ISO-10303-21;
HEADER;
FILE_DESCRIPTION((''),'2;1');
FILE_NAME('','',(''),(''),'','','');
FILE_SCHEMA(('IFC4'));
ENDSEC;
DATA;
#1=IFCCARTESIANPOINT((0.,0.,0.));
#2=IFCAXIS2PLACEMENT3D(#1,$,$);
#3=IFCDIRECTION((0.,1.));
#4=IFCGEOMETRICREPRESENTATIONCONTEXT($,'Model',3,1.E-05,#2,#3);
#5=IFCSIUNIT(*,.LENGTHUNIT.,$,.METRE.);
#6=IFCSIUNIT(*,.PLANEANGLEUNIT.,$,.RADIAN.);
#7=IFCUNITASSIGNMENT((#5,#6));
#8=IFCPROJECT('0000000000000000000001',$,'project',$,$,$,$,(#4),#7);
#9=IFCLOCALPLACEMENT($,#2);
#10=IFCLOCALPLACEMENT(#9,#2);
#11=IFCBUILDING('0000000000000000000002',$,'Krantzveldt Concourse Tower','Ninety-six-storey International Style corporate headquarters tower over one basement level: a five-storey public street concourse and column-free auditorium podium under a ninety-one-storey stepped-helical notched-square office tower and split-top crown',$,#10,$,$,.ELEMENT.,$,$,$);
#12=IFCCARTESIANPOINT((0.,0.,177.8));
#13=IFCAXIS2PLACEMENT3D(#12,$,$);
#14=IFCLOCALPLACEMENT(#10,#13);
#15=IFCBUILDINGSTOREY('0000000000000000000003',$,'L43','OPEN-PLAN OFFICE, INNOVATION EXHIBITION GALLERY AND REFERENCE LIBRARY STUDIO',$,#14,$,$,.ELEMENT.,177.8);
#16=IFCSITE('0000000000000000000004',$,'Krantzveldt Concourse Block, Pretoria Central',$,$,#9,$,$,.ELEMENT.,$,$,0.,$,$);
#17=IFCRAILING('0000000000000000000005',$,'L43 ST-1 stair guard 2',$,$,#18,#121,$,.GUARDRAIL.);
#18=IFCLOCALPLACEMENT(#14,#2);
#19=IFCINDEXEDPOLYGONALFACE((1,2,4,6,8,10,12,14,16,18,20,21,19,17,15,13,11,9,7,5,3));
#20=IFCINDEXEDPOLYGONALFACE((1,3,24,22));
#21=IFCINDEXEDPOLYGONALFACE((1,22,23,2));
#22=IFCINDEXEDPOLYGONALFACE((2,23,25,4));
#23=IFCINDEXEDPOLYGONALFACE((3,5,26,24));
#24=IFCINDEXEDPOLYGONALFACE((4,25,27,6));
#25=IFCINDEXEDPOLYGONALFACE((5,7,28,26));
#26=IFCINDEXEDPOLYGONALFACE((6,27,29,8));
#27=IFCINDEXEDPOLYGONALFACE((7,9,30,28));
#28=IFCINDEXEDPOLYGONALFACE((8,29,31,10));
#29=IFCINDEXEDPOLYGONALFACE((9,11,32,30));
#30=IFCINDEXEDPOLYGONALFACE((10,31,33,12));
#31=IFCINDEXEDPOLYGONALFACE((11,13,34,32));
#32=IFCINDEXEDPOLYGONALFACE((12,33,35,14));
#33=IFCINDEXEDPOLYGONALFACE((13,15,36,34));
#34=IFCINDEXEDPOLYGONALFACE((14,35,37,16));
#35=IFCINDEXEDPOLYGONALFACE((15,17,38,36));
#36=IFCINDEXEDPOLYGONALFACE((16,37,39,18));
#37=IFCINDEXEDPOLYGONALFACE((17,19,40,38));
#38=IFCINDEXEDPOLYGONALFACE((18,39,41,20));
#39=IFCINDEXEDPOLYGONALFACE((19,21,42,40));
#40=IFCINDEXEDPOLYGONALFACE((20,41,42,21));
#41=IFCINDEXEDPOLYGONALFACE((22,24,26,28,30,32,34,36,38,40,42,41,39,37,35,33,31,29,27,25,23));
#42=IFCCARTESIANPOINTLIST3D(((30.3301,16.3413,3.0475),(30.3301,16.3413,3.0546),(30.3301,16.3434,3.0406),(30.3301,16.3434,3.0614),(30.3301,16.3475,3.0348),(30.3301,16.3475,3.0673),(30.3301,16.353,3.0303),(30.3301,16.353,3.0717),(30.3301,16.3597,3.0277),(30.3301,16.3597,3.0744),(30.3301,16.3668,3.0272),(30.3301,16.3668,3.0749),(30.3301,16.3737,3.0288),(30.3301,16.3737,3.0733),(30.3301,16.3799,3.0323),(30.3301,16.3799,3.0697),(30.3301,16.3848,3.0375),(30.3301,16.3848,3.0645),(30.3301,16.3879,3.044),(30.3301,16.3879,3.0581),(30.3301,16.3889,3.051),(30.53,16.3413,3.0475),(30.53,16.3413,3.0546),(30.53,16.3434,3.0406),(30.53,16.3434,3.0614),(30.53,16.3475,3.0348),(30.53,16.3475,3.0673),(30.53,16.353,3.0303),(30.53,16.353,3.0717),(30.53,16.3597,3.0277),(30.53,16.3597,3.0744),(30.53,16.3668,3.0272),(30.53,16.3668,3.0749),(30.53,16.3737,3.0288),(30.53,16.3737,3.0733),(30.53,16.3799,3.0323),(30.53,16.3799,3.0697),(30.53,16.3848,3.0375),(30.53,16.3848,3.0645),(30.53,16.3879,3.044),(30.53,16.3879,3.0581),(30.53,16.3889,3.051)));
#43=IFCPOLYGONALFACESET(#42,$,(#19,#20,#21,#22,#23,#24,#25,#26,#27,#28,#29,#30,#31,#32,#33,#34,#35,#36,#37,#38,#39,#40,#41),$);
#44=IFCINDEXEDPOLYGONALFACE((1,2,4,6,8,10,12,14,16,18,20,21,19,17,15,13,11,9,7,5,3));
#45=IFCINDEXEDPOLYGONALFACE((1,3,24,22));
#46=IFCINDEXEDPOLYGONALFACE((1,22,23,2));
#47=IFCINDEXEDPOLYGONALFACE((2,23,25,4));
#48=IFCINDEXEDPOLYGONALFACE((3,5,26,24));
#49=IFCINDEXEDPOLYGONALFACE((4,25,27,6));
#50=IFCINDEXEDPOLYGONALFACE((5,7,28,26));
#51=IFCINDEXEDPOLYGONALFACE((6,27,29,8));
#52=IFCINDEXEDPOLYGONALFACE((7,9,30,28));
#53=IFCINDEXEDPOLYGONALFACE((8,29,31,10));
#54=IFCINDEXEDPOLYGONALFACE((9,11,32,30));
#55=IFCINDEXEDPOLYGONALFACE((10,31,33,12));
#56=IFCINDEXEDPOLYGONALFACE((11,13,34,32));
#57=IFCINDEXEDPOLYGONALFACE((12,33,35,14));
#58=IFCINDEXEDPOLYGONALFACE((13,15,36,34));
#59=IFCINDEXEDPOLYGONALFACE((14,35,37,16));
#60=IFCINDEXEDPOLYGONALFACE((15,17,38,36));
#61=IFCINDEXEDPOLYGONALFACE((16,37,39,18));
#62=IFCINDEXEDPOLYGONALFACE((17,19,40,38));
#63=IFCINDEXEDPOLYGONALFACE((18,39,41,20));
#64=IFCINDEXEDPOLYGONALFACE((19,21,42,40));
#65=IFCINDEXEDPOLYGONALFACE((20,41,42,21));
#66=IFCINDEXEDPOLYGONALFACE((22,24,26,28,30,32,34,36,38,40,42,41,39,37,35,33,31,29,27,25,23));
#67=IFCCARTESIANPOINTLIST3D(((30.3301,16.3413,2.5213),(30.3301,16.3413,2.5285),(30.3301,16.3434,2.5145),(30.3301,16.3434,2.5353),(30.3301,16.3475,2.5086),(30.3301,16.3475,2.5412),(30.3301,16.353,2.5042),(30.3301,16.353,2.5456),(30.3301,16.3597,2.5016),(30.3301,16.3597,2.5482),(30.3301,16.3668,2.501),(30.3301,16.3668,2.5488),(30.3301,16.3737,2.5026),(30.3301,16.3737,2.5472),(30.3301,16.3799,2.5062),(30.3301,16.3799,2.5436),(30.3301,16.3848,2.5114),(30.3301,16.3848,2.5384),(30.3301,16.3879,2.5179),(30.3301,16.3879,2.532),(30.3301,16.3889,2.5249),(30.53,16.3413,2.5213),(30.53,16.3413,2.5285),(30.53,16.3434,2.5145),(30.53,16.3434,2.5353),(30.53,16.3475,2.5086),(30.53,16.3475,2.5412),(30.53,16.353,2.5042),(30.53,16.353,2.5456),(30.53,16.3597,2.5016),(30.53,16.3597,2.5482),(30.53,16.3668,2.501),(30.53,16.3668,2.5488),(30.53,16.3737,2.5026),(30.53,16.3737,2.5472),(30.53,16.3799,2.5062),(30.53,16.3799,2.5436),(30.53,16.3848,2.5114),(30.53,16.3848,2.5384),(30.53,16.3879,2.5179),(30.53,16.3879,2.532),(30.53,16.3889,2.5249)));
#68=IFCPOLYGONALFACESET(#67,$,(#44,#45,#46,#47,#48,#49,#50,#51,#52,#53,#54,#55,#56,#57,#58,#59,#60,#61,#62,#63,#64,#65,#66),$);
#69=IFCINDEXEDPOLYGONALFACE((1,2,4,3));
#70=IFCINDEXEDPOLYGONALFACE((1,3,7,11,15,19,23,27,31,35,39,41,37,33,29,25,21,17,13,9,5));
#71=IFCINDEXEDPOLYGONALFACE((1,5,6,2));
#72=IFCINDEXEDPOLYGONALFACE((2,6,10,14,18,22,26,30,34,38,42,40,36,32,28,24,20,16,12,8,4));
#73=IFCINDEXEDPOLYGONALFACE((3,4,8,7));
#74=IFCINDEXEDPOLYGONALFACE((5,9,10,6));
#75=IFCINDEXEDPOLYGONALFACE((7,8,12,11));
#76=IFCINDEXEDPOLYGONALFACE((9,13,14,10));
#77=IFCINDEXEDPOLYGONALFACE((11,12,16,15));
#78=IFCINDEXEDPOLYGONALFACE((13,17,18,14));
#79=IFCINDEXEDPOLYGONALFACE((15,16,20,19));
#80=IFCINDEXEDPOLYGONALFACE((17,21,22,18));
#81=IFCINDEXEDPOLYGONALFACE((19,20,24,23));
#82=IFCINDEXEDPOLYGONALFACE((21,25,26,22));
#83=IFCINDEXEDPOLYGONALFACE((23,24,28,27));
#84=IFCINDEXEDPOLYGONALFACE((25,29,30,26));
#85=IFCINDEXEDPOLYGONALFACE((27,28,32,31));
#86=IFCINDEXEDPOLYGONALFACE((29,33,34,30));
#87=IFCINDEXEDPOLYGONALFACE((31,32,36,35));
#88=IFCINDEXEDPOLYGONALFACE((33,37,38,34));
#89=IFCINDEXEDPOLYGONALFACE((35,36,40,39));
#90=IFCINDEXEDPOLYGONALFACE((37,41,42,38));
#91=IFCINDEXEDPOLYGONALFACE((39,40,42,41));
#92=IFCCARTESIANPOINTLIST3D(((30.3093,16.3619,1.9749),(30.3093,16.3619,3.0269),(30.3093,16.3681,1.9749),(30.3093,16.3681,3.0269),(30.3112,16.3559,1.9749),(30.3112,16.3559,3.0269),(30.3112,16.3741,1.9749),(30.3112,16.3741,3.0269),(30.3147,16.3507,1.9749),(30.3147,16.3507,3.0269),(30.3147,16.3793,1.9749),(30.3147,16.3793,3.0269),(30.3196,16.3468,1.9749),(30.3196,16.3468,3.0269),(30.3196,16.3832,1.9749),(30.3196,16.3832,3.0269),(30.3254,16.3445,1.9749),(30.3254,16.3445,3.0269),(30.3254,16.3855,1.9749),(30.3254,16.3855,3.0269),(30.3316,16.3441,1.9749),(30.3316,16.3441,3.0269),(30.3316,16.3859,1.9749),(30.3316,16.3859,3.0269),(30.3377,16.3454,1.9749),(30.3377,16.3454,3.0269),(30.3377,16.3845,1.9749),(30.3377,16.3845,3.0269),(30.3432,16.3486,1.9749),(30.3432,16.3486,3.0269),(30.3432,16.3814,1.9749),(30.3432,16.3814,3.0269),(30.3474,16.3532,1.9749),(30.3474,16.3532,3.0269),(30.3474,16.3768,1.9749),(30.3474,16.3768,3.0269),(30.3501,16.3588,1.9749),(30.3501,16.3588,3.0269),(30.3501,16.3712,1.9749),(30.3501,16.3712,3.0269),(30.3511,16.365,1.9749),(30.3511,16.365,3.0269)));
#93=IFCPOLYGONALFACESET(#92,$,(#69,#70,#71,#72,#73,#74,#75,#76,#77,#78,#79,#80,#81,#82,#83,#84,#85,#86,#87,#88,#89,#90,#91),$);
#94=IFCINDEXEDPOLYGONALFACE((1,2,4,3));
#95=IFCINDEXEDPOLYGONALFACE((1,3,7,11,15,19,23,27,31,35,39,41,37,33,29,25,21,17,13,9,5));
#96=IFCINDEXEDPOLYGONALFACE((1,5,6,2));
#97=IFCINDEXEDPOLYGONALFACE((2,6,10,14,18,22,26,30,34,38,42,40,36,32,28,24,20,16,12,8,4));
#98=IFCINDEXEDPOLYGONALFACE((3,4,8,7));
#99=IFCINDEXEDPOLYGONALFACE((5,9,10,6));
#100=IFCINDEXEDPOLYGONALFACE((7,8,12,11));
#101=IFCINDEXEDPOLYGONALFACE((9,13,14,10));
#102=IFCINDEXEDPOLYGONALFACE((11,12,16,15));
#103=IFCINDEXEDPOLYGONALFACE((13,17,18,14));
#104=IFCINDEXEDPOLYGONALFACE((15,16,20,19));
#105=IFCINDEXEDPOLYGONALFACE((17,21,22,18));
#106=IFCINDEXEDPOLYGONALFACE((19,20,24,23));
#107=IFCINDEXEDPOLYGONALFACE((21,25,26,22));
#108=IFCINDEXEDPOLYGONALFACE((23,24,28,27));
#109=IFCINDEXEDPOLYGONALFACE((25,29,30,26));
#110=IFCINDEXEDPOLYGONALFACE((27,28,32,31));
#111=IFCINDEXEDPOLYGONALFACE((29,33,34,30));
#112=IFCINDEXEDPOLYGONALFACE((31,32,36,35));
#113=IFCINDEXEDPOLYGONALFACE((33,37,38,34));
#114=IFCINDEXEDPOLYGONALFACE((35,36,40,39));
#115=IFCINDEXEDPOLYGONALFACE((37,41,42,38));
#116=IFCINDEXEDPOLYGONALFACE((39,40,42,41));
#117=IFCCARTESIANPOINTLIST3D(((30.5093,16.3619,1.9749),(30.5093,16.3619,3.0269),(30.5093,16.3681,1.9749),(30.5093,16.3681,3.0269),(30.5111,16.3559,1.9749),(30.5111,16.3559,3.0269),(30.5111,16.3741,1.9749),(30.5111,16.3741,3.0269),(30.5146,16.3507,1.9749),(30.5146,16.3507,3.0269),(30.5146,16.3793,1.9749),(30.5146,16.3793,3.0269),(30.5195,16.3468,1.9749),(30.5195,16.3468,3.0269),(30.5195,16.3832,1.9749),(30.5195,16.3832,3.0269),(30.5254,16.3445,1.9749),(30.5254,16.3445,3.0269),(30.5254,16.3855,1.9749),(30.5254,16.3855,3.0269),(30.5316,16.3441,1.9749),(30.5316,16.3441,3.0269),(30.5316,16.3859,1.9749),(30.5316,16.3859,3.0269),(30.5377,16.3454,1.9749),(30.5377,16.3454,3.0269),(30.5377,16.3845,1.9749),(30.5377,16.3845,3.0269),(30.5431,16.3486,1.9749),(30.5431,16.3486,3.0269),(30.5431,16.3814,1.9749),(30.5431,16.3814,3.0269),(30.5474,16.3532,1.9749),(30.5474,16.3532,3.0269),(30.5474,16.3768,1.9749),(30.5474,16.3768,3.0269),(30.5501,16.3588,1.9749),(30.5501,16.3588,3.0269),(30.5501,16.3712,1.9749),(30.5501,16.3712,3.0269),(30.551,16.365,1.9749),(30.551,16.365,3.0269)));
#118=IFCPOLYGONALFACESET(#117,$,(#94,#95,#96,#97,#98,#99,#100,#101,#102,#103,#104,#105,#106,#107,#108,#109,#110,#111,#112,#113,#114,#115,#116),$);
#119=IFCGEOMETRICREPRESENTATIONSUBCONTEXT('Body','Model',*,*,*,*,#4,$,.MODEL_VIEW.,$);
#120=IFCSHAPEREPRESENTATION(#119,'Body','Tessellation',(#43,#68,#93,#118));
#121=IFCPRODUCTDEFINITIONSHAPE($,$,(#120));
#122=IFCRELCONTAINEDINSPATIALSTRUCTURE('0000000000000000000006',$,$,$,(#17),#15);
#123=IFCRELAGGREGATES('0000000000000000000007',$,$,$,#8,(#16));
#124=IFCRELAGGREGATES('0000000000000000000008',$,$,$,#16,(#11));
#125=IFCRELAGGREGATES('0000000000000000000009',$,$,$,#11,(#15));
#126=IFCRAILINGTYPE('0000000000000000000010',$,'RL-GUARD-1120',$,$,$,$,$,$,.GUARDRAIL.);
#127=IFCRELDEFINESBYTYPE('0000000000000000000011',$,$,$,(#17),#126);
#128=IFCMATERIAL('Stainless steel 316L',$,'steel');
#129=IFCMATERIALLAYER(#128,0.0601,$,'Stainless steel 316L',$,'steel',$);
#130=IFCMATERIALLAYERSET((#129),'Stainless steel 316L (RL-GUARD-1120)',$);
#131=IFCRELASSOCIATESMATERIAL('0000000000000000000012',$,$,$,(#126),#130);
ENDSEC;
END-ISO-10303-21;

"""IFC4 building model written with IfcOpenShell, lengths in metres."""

from ifc_helpers import new_model, si_unit, direction, frame, origin, origin_2d, place, context, subcontext, project, spatial, circle, extrude, material, layer, layer_set, type_object, element, save


model = new_model("IFC4")

# Units and contexts
model_context = context("Model", 3, precision=1e-05, world=origin(), true_north=direction((0.0, 1.0)))
body_context = subcontext(model_context, "Body", "Model", "MODEL_VIEW")
ifc_project = project(units=[si_unit("LENGTHUNIT", "METRE"), si_unit("PLANEANGLEUNIT", "RADIAN")], contexts=[model_context])

# Site, building, storey
site_placement = place(None, origin())
site = spatial("IfcSite", under=ifc_project, at=site_placement, Name="Krantzveldt Concourse Block, Pretoria Central", CompositionType="ELEMENT", RefElevation=0.0)
building_placement = place(site_placement, origin())
building = spatial("IfcBuilding", under=site, at=building_placement, Name="Krantzveldt Concourse Tower", Description="Ninety-six-storey International Style corporate headquarters tower over one basement level: a five-storey public street concourse and column-free auditorium podium under a ninety-one-storey stepped-helical notched-square office tower and split-top crown", CompositionType="ELEMENT")
storey_placement = place(building_placement, frame((0.0, 0.0, 177.8)))
storey = spatial("IfcBuildingStorey", under=building, at=storey_placement, Name="L43", Description="OPEN-PLAN OFFICE, INNOVATION EXHIBITION GALLERY AND REFERENCE LIBRARY STUDIO", CompositionType="ELEMENT", Elevation=177.8)

# Shared definitions
ifc_material_1 = material(Name="Stainless steel 316L", Category="steel")

# Railing
ifc_layer_1 = layer(ifc_material_1, 0.0601, Name="Stainless steel 316L", Category="steel")
ifc_layer_set_1 = layer_set([ifc_layer_1], Name="Stainless steel 316L (RL-GUARD-1120)")
railing_type_1 = type_object("IfcRailingType", Name="RL-GUARD-1120", PredefinedType="GUARDRAIL", material=ifc_layer_set_1)
railing_1_placement = place(storey_placement, frame((30.3301, 16.365, 1.9749)))
element("IfcRailing", 1, at=railing_1_placement, inside=storey, type_object=railing_type_1, Name="L43 ST-1 stair guard 2", PredefinedType="GUARDRAIL", context=body_context, shape_type="SweptSolid", body=[
    extrude(circle(Radius=0.0239, at=origin_2d()), frame((0.0, 0.0, 1.0762), z_axis=(1.0, 0.0, 0.0), x_axis=(0.0, 1.0, 0.0)), (0.0, 0.0, 1.0), 0.2),
    extrude(circle(Radius=0.0239, at=origin_2d()), frame((0.0, 0.0, 0.55), z_axis=(1.0, 0.0, 0.0), x_axis=(0.0, 1.0, 0.0)), (0.0, 0.0, 1.0), 0.2),
    extrude(circle(Radius=0.021, at=origin_2d()), origin(), (0.0, 0.0, 1.0), 1.052),
    extrude(circle(Radius=0.021, at=origin_2d()), frame((0.2, 0.0, 0.0)), (0.0, 0.0, 1.0), 1.052),
])

save(model, "model.ifc")
